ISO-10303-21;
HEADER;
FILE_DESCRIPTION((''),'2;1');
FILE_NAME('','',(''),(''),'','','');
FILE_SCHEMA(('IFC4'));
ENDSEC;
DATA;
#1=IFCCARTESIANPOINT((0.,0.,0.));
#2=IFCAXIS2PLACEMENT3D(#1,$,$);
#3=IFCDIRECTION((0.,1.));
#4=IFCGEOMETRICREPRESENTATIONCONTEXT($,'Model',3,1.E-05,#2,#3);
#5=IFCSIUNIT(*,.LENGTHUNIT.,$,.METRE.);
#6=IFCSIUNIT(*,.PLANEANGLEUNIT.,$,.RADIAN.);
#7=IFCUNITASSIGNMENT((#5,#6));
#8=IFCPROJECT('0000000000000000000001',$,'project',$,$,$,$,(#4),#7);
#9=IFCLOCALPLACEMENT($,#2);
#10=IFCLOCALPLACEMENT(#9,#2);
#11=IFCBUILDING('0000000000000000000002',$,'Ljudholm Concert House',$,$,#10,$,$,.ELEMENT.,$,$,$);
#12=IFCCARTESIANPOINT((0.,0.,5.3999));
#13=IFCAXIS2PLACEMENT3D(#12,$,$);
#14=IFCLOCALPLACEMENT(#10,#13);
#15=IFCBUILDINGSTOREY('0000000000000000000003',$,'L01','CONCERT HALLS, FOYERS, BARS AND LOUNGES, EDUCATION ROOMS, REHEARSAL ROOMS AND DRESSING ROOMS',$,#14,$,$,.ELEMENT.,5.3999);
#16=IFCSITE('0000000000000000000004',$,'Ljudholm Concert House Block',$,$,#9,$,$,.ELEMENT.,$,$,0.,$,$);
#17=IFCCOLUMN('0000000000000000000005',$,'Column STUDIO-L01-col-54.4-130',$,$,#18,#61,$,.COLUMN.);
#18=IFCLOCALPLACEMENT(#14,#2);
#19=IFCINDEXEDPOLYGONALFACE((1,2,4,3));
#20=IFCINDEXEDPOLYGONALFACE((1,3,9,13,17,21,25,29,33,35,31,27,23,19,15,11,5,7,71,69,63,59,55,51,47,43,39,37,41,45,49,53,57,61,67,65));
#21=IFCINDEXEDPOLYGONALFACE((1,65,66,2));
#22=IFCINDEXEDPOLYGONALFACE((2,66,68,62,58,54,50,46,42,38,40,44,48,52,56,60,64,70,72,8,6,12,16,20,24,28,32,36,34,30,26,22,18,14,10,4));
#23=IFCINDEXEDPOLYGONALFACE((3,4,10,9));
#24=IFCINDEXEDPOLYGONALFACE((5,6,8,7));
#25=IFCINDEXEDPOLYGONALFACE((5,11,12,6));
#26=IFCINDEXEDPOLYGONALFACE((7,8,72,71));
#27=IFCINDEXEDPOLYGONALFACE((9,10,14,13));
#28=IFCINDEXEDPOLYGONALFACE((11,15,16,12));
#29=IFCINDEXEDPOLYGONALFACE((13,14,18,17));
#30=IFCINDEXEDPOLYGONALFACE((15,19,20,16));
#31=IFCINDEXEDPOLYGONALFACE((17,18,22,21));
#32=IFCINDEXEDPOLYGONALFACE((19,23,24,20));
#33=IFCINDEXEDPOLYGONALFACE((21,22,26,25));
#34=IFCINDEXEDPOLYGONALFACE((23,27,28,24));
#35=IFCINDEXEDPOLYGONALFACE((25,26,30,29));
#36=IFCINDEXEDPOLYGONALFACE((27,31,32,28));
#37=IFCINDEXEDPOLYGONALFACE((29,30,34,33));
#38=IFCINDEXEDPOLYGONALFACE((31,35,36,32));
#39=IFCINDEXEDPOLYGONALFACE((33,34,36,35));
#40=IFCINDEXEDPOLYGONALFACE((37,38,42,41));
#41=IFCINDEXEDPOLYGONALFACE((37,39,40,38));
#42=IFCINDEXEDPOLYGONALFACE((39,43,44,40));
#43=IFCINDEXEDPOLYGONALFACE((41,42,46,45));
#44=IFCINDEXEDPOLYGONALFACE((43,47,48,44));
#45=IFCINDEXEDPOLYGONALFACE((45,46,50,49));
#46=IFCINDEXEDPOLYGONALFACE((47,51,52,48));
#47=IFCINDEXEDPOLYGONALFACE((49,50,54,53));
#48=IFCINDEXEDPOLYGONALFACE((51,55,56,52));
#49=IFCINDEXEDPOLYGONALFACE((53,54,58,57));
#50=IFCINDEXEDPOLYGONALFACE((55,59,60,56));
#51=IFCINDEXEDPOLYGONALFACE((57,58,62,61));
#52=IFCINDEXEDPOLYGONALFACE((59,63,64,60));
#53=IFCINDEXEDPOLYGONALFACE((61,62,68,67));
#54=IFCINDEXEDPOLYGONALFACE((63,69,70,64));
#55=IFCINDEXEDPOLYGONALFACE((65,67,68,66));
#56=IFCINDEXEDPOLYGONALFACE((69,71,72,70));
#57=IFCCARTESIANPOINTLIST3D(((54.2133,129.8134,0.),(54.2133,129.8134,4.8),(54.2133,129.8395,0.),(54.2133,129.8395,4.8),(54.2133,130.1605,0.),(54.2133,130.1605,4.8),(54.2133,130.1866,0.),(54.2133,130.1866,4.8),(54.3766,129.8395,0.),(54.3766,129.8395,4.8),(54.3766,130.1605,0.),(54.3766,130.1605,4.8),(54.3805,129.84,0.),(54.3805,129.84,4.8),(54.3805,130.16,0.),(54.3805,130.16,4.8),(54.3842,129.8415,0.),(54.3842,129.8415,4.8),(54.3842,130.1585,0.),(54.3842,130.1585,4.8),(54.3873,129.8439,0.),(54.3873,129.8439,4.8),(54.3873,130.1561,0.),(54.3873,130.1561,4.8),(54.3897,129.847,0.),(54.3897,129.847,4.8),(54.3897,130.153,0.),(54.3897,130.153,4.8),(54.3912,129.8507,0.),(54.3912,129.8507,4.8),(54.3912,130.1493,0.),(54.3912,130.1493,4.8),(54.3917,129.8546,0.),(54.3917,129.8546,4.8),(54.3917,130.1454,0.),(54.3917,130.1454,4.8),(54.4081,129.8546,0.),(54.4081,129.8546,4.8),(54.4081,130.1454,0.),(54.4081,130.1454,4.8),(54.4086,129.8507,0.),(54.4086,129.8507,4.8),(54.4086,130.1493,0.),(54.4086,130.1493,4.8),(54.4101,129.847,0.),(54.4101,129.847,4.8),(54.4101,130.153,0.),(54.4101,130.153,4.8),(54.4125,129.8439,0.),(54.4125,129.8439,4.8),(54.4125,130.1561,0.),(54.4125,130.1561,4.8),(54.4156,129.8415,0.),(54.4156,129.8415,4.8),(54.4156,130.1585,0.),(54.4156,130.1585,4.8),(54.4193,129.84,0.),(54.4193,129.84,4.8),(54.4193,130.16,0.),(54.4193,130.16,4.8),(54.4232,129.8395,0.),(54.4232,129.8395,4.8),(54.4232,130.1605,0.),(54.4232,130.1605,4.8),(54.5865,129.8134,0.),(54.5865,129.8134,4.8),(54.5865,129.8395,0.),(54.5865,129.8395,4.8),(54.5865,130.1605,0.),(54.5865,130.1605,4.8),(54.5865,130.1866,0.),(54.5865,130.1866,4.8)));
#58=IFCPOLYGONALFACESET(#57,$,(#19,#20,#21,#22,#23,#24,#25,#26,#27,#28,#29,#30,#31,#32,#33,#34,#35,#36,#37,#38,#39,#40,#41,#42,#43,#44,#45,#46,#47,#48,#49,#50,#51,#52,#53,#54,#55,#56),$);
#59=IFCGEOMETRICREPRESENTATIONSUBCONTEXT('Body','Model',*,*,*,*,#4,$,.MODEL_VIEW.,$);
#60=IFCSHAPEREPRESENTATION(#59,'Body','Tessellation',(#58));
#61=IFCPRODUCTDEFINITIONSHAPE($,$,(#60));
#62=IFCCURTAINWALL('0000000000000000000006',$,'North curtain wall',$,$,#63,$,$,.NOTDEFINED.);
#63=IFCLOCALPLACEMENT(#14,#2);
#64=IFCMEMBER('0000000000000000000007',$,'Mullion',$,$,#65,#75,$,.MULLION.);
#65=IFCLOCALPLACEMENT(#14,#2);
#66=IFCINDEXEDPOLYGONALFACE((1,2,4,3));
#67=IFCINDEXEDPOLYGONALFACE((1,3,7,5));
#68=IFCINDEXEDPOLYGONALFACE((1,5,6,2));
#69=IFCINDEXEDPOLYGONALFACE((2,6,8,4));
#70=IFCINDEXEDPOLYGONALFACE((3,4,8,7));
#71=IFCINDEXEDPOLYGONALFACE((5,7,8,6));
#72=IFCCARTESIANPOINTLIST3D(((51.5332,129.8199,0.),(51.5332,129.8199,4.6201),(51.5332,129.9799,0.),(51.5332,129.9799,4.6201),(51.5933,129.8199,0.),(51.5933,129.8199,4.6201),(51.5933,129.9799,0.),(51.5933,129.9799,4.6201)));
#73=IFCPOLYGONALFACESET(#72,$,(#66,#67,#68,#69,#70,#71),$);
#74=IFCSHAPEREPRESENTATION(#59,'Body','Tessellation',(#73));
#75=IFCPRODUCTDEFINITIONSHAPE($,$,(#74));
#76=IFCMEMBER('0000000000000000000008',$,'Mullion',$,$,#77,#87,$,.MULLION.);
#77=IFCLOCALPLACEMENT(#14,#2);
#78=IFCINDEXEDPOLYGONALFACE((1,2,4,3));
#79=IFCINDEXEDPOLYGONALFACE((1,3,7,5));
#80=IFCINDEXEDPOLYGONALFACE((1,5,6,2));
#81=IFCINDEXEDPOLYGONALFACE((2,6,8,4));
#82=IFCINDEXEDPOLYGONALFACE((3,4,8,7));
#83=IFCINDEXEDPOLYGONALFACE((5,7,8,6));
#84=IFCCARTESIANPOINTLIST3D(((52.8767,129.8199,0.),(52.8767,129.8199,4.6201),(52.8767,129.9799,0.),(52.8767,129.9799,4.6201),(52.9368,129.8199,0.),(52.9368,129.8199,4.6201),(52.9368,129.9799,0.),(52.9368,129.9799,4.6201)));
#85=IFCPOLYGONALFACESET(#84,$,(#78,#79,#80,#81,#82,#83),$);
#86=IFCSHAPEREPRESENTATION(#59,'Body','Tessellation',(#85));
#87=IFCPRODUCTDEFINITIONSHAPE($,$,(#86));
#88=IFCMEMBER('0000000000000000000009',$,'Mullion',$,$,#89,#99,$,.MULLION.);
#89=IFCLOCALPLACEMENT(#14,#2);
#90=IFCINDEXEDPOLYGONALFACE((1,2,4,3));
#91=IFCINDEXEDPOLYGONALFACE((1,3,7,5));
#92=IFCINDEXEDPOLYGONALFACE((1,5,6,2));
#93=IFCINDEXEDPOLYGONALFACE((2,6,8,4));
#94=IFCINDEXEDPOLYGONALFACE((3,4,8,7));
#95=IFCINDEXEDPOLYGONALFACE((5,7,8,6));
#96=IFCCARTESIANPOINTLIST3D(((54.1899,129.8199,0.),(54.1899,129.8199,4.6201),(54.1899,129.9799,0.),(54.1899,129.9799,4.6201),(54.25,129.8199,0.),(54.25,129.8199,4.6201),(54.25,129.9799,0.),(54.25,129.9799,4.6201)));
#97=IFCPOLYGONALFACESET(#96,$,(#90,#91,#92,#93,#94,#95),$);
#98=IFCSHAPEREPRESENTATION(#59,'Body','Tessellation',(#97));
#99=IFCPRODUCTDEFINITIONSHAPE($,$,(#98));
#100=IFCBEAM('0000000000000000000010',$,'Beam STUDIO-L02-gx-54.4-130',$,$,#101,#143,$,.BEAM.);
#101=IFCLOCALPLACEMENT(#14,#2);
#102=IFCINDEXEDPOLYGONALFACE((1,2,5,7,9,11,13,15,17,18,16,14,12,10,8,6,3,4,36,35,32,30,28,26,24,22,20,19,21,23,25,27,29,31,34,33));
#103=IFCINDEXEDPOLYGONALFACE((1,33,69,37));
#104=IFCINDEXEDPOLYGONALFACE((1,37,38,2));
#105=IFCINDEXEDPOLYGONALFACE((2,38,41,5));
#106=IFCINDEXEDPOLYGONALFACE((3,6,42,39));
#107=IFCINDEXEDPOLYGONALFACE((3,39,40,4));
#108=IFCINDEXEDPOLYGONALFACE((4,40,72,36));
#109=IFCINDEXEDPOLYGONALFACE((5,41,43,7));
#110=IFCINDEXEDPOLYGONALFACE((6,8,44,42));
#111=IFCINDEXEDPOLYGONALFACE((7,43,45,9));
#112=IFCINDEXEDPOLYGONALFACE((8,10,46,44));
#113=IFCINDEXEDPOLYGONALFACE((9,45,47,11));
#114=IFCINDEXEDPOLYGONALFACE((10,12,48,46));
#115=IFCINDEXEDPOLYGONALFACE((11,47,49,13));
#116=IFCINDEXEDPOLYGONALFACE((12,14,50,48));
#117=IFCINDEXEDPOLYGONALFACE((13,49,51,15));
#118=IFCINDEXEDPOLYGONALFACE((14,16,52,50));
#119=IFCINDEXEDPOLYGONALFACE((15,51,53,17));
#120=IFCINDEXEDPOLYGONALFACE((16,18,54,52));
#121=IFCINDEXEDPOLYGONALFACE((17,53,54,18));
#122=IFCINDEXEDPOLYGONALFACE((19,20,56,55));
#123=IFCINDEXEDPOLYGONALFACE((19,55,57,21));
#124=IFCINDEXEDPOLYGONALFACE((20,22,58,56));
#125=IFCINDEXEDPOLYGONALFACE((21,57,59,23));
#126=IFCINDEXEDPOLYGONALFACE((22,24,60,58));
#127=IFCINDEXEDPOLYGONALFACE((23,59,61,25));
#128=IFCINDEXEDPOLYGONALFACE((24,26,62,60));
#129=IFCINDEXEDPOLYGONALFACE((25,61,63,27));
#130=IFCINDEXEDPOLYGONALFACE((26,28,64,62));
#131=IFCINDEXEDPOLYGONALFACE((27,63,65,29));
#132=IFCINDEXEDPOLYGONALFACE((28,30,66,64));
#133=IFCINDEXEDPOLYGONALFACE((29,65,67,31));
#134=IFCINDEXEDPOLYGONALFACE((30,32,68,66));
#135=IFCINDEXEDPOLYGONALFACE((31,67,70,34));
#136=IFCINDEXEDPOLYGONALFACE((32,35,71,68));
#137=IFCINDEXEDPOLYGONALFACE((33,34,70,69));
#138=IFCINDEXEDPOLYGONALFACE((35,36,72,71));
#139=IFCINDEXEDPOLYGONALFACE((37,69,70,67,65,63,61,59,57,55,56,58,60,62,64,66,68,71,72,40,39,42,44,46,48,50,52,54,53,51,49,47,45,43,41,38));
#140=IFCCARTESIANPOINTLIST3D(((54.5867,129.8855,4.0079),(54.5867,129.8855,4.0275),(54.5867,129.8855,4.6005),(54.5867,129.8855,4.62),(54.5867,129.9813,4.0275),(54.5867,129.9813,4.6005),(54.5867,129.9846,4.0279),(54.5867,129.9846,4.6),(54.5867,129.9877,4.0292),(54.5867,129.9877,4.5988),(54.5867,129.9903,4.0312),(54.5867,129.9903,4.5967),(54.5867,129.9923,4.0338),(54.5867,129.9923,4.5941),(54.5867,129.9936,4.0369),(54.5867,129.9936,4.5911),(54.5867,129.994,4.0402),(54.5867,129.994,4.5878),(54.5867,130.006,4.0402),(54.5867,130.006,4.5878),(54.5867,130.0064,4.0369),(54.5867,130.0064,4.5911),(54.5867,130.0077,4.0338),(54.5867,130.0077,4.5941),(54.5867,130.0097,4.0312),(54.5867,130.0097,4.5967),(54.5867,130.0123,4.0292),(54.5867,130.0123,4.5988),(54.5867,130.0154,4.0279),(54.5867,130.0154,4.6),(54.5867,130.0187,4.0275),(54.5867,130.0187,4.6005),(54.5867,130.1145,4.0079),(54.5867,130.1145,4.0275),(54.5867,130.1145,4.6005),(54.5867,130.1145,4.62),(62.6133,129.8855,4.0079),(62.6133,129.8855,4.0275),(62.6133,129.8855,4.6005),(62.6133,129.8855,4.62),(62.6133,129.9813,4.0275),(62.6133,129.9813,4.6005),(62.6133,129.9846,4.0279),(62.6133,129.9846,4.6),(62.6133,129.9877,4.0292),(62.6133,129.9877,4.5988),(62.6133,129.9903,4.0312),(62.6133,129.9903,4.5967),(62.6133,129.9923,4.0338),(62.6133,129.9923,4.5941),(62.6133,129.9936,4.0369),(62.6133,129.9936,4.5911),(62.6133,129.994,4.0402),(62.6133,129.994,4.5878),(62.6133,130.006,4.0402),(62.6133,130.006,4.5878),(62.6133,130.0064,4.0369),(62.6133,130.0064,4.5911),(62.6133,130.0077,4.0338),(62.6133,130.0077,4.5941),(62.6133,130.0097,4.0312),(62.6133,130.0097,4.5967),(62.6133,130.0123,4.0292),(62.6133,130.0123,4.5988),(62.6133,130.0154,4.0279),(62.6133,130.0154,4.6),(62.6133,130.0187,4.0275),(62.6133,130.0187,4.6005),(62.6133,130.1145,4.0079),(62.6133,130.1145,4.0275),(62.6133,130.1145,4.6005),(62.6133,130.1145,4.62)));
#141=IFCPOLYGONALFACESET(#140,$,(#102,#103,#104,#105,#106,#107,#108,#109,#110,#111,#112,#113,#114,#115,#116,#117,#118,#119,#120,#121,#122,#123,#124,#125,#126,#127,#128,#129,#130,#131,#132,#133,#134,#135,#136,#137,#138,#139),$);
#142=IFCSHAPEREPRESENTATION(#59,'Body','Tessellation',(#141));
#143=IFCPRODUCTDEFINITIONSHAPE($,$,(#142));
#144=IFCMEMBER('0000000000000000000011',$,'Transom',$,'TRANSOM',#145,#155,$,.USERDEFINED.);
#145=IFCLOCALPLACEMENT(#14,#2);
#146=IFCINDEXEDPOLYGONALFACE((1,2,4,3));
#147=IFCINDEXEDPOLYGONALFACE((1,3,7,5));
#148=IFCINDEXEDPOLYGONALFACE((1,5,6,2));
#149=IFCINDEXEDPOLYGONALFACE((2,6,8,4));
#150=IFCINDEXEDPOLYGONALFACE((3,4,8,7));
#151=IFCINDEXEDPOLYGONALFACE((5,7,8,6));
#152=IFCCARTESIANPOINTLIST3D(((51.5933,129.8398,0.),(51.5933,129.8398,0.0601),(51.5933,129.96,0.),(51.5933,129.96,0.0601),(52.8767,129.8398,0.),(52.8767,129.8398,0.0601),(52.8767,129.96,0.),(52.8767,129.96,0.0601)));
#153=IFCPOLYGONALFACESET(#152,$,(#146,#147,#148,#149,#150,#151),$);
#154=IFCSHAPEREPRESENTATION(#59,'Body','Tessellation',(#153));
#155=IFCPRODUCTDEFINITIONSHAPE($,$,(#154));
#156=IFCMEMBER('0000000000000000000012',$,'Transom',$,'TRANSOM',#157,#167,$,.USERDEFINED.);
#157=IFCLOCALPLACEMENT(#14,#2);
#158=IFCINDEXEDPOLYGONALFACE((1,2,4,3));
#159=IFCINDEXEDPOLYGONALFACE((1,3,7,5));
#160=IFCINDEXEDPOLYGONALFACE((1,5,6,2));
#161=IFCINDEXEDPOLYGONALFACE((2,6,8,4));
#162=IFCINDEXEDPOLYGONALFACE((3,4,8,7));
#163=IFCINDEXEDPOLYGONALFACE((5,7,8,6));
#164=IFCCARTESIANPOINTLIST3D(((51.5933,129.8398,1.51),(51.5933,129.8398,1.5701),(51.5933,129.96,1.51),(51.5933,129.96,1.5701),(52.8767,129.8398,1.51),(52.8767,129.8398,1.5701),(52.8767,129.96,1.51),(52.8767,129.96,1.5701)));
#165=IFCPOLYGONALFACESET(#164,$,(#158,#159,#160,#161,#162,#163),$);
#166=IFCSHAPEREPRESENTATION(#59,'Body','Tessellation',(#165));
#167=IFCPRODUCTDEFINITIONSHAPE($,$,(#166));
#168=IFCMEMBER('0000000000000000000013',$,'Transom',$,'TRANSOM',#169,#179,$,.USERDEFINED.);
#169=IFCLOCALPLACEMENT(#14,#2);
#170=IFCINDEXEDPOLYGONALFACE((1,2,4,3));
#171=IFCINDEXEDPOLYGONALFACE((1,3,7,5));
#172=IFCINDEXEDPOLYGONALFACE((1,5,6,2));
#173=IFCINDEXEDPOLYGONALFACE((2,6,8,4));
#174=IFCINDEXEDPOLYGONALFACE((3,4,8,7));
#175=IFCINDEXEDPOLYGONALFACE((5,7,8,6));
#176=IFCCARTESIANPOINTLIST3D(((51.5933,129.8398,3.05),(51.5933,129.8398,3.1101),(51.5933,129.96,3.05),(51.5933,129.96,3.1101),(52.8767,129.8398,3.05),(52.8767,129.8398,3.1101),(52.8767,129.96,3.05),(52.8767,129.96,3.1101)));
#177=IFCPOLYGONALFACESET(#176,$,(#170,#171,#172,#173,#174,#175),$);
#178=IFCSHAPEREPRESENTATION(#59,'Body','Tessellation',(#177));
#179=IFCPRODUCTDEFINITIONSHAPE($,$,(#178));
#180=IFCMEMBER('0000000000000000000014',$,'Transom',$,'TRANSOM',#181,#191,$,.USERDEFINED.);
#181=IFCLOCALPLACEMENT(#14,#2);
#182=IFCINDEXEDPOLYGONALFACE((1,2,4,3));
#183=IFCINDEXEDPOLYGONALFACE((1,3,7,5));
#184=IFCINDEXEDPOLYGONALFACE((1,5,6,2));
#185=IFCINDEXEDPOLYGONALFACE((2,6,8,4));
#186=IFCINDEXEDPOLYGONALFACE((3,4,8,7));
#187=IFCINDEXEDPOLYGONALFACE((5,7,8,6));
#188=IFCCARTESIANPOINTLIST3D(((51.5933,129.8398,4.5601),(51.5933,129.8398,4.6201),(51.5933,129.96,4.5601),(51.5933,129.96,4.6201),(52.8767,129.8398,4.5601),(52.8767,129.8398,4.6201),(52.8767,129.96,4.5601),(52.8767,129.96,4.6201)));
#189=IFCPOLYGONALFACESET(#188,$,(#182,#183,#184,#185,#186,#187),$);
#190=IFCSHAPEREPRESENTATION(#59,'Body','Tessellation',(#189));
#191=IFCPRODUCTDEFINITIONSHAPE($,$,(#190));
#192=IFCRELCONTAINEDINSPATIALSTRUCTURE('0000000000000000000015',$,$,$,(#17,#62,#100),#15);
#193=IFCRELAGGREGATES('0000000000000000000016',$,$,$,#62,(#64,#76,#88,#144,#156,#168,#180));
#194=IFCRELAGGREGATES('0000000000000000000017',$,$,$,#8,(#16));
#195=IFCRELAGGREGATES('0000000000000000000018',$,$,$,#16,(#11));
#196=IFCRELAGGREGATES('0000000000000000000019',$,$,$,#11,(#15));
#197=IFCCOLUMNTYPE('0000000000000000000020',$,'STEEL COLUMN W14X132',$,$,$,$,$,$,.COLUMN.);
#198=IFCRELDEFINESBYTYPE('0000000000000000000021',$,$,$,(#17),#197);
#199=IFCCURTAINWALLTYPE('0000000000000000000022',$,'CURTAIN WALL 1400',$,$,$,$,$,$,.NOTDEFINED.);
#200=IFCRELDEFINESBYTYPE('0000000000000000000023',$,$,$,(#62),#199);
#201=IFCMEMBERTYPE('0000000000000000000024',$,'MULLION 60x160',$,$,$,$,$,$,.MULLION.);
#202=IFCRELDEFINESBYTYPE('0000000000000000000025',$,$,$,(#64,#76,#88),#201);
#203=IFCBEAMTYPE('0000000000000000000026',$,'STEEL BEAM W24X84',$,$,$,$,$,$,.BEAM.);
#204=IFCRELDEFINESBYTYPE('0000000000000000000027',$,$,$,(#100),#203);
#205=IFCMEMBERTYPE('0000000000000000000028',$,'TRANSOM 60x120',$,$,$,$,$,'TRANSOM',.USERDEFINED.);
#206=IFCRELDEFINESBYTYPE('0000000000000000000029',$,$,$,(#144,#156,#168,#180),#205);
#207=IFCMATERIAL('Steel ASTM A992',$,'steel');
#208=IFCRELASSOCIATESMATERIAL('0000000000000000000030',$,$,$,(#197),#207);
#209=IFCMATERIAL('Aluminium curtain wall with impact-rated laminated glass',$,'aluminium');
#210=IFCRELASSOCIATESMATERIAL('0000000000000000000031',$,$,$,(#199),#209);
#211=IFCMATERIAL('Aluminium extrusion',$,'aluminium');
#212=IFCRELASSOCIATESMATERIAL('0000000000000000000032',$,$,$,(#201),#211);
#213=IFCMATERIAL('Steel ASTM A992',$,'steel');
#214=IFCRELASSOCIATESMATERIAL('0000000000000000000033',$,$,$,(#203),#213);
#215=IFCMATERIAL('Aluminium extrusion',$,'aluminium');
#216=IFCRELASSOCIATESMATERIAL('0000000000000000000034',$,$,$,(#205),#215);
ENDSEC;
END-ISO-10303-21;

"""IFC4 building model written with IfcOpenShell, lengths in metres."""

from ifc_helpers import new_model, si_unit, direction, frame, origin, origin_2d, place, context, subcontext, project, spatial, rectangle, i_section, extrude, material, material_profile, profile_set, type_object, element, aggregate, save


model = new_model("IFC4")

# Units and contexts
model_context = context("Model", 3, precision=1e-05, world=origin(), true_north=direction((0.0, 1.0)))
body_context = subcontext(model_context, "Body", "Model", "MODEL_VIEW")
ifc_project = project(units=[si_unit("LENGTHUNIT", "METRE"), si_unit("PLANEANGLEUNIT", "RADIAN")], contexts=[model_context])

# Site, building, storey
site_placement = place(None, origin())
site = spatial("IfcSite", under=ifc_project, at=site_placement, Name="Ljudholm Concert House Block", CompositionType="ELEMENT", RefElevation=0.0)
building_placement = place(site_placement, origin())
building = spatial("IfcBuilding", under=site, at=building_placement, Name="Ljudholm Concert House", CompositionType="ELEMENT")
storey_placement = place(building_placement, frame((0.0, 0.0, 5.3999)))
storey = spatial("IfcBuildingStorey", under=building, at=storey_placement, Name="L01", Description="CONCERT HALLS, FOYERS, BARS AND LOUNGES, EDUCATION ROOMS, REHEARSAL ROOMS AND DRESSING ROOMS", CompositionType="ELEMENT", Elevation=5.3999)

# Column
ifc_material_1 = material(Name="Steel ASTM A992", Category="steel")
ifc_material_profile_1 = material_profile(ifc_material_1, i_section(OverallWidth=0.3733, OverallDepth=0.3733, WebThickness=0.0164, FlangeThickness=0.0261, FilletRadius=0.0151, at=origin_2d()), Name="W14X132")
ifc_profile_set_1 = profile_set([ifc_material_profile_1], Name="Steel ASTM A992")
column_type = type_object("IfcColumnType", Name="STEEL COLUMN W14X132", PredefinedType="COLUMN", material=ifc_profile_set_1)
column_placement = place(storey_placement, frame((54.3999, 130.0, 0.0), z_axis=(0.0, 0.0, 1.0), x_axis=(1.0, 0.0, 0.0)))
element("IfcColumn", 1, at=column_placement, inside=storey, type_object=column_type, Name="Column STUDIO-L01-col-54.4-130", PredefinedType="COLUMN", context=body_context, shape_type="SweptSolid", body=[
    extrude(i_section(OverallWidth=0.3733, OverallDepth=0.3733, WebThickness=0.0164, FlangeThickness=0.0261, FilletRadius=0.0151, at=origin_2d()), origin(), (0.0, 0.0, 1.0), 4.8),
])

# Curtain wall, members
ifc_material_2 = material(Name="Aluminium curtain wall with impact-rated laminated glass", Category="aluminium")
curtain_wall_type = type_object("IfcCurtainWallType", Name="CURTAIN WALL 1400", PredefinedType="NOTDEFINED", material=ifc_material_2)
curtain_wall_placement = place(storey_placement, origin())
curtain_wall = element("IfcCurtainWall", 2, at=curtain_wall_placement, inside=storey, type_object=curtain_wall_type, Name="North curtain wall", PredefinedType="NOTDEFINED")
ifc_material_3 = material(Name="Aluminium extrusion", Category="aluminium")
ifc_material_profile_2 = material_profile(ifc_material_3, rectangle(XDim=0.1599, YDim=0.0601, at=origin_2d()), Name="MULLION 60x160")
ifc_profile_set_2 = profile_set([ifc_material_profile_2], Name="Aluminium extrusion")
member_type_1 = type_object("IfcMemberType", Name="MULLION 60x160", PredefinedType="MULLION", material=ifc_profile_set_2)
member_1_placement = place(storey_placement, frame((51.5632, 129.8999, 0.0), z_axis=(0.0, 0.0, 1.0), x_axis=(0.0, 1.0, 0.0)))
member_1 = element("IfcMember", 3, at=member_1_placement, type_object=member_type_1, Name="Mullion", PredefinedType="MULLION", context=body_context, shape_type="SweptSolid", body=[
    extrude(rectangle(XDim=0.1599, YDim=0.0601, at=origin_2d()), origin(), (0.0, 0.0, 1.0), 4.6201),
])
member_2_placement = place(storey_placement, frame((52.9067, 129.8999, 0.0), z_axis=(0.0, 0.0, 1.0), x_axis=(0.0, 1.0, 0.0)))
member_2 = element("IfcMember", 4, at=member_2_placement, type_object=member_type_1, Name="Mullion", PredefinedType="MULLION", context=body_context, shape_type="SweptSolid", body=[
    extrude(rectangle(XDim=0.1599, YDim=0.0601, at=origin_2d()), origin(), (0.0, 0.0, 1.0), 4.6201),
])
member_3_placement = place(storey_placement, frame((54.22, 129.8999, 0.0), z_axis=(0.0, 0.0, 1.0), x_axis=(0.0, 1.0, 0.0)))
member_3 = element("IfcMember", 5, at=member_3_placement, type_object=member_type_1, Name="Mullion", PredefinedType="MULLION", context=body_context, shape_type="SweptSolid", body=[
    extrude(rectangle(XDim=0.1599, YDim=0.0601, at=origin_2d()), origin(), (0.0, 0.0, 1.0), 4.6201),
])

# Beam
ifc_material_4 = material(Name="Steel ASTM A992", Category="steel")
ifc_material_profile_3 = material_profile(ifc_material_4, i_section(OverallWidth=0.229, OverallDepth=0.6121, WebThickness=0.012, FlangeThickness=0.0195, FilletRadius=0.0127, at=origin_2d()), Name="W24X84")
ifc_profile_set_3 = profile_set([ifc_material_profile_3], Name="Steel ASTM A992")
beam_type = type_object("IfcBeamType", Name="STEEL BEAM W24X84", PredefinedType="BEAM", material=ifc_profile_set_3)
beam_placement = place(storey_placement, frame((54.5867, 130.0, 4.314), z_axis=(1.0, 0.0, 0.0), x_axis=(0.0, 1.0, 0.0)))
element("IfcBeam", 6, at=beam_placement, inside=storey, type_object=beam_type, Name="Beam STUDIO-L02-gx-54.4-130", PredefinedType="BEAM", context=body_context, shape_type="SweptSolid", body=[
    extrude(i_section(OverallWidth=0.229, OverallDepth=0.6121, WebThickness=0.012, FlangeThickness=0.0195, FilletRadius=0.0127, at=origin_2d()), origin(), (0.0, 0.0, 1.0), 8.0266),
])

# Members
ifc_material_5 = material(Name="Aluminium extrusion", Category="aluminium")
ifc_material_profile_4 = material_profile(ifc_material_5, rectangle(XDim=0.1201, YDim=0.0601, at=origin_2d()), Name="TRANSOM 60x120")
ifc_profile_set_4 = profile_set([ifc_material_profile_4], Name="Aluminium extrusion")
member_type_2 = type_object("IfcMemberType", Name="TRANSOM 60x120", ElementType="TRANSOM", PredefinedType="USERDEFINED", material=ifc_profile_set_4)
member_4_placement = place(storey_placement, frame((51.5933, 129.8999, 0.03), z_axis=(1.0, 0.0, 0.0), x_axis=(0.0, 1.0, 0.0)))
member_4 = element("IfcMember", 7, at=member_4_placement, type_object=member_type_2, Name="Transom", ObjectType="TRANSOM", PredefinedType="USERDEFINED", context=body_context, shape_type="SweptSolid", body=[
    extrude(rectangle(XDim=0.1201, YDim=0.0601, at=origin_2d()), origin(), (0.0, 0.0, 1.0), 1.2834),
])
member_5_placement = place(storey_placement, frame((51.5933, 129.8999, 1.54), z_axis=(1.0, 0.0, 0.0), x_axis=(0.0, 1.0, 0.0)))
member_5 = element("IfcMember", 8, at=member_5_placement, type_object=member_type_2, Name="Transom", ObjectType="TRANSOM", PredefinedType="USERDEFINED", context=body_context, shape_type="SweptSolid", body=[
    extrude(rectangle(XDim=0.1201, YDim=0.0601, at=origin_2d()), origin(), (0.0, 0.0, 1.0), 1.2834),
])
member_6_placement = place(storey_placement, frame((51.5933, 129.8999, 3.0801), z_axis=(1.0, 0.0, 0.0), x_axis=(0.0, 1.0, 0.0)))
member_6 = element("IfcMember", 9, at=member_6_placement, type_object=member_type_2, Name="Transom", ObjectType="TRANSOM", PredefinedType="USERDEFINED", context=body_context, shape_type="SweptSolid", body=[
    extrude(rectangle(XDim=0.1201, YDim=0.0601, at=origin_2d()), origin(), (0.0, 0.0, 1.0), 1.2834),
])
member_7_placement = place(storey_placement, frame((51.5933, 129.8999, 4.5901), z_axis=(1.0, 0.0, 0.0), x_axis=(0.0, 1.0, 0.0)))
member_7 = element("IfcMember", 10, at=member_7_placement, type_object=member_type_2, Name="Transom", ObjectType="TRANSOM", PredefinedType="USERDEFINED", context=body_context, shape_type="SweptSolid", body=[
    extrude(rectangle(XDim=0.1201, YDim=0.0601, at=origin_2d()), origin(), (0.0, 0.0, 1.0), 1.2834),
])

aggregate(curtain_wall, [member_1, member_2, member_3, member_4, member_5, member_6, member_7])

save(model, "model.ifc")
